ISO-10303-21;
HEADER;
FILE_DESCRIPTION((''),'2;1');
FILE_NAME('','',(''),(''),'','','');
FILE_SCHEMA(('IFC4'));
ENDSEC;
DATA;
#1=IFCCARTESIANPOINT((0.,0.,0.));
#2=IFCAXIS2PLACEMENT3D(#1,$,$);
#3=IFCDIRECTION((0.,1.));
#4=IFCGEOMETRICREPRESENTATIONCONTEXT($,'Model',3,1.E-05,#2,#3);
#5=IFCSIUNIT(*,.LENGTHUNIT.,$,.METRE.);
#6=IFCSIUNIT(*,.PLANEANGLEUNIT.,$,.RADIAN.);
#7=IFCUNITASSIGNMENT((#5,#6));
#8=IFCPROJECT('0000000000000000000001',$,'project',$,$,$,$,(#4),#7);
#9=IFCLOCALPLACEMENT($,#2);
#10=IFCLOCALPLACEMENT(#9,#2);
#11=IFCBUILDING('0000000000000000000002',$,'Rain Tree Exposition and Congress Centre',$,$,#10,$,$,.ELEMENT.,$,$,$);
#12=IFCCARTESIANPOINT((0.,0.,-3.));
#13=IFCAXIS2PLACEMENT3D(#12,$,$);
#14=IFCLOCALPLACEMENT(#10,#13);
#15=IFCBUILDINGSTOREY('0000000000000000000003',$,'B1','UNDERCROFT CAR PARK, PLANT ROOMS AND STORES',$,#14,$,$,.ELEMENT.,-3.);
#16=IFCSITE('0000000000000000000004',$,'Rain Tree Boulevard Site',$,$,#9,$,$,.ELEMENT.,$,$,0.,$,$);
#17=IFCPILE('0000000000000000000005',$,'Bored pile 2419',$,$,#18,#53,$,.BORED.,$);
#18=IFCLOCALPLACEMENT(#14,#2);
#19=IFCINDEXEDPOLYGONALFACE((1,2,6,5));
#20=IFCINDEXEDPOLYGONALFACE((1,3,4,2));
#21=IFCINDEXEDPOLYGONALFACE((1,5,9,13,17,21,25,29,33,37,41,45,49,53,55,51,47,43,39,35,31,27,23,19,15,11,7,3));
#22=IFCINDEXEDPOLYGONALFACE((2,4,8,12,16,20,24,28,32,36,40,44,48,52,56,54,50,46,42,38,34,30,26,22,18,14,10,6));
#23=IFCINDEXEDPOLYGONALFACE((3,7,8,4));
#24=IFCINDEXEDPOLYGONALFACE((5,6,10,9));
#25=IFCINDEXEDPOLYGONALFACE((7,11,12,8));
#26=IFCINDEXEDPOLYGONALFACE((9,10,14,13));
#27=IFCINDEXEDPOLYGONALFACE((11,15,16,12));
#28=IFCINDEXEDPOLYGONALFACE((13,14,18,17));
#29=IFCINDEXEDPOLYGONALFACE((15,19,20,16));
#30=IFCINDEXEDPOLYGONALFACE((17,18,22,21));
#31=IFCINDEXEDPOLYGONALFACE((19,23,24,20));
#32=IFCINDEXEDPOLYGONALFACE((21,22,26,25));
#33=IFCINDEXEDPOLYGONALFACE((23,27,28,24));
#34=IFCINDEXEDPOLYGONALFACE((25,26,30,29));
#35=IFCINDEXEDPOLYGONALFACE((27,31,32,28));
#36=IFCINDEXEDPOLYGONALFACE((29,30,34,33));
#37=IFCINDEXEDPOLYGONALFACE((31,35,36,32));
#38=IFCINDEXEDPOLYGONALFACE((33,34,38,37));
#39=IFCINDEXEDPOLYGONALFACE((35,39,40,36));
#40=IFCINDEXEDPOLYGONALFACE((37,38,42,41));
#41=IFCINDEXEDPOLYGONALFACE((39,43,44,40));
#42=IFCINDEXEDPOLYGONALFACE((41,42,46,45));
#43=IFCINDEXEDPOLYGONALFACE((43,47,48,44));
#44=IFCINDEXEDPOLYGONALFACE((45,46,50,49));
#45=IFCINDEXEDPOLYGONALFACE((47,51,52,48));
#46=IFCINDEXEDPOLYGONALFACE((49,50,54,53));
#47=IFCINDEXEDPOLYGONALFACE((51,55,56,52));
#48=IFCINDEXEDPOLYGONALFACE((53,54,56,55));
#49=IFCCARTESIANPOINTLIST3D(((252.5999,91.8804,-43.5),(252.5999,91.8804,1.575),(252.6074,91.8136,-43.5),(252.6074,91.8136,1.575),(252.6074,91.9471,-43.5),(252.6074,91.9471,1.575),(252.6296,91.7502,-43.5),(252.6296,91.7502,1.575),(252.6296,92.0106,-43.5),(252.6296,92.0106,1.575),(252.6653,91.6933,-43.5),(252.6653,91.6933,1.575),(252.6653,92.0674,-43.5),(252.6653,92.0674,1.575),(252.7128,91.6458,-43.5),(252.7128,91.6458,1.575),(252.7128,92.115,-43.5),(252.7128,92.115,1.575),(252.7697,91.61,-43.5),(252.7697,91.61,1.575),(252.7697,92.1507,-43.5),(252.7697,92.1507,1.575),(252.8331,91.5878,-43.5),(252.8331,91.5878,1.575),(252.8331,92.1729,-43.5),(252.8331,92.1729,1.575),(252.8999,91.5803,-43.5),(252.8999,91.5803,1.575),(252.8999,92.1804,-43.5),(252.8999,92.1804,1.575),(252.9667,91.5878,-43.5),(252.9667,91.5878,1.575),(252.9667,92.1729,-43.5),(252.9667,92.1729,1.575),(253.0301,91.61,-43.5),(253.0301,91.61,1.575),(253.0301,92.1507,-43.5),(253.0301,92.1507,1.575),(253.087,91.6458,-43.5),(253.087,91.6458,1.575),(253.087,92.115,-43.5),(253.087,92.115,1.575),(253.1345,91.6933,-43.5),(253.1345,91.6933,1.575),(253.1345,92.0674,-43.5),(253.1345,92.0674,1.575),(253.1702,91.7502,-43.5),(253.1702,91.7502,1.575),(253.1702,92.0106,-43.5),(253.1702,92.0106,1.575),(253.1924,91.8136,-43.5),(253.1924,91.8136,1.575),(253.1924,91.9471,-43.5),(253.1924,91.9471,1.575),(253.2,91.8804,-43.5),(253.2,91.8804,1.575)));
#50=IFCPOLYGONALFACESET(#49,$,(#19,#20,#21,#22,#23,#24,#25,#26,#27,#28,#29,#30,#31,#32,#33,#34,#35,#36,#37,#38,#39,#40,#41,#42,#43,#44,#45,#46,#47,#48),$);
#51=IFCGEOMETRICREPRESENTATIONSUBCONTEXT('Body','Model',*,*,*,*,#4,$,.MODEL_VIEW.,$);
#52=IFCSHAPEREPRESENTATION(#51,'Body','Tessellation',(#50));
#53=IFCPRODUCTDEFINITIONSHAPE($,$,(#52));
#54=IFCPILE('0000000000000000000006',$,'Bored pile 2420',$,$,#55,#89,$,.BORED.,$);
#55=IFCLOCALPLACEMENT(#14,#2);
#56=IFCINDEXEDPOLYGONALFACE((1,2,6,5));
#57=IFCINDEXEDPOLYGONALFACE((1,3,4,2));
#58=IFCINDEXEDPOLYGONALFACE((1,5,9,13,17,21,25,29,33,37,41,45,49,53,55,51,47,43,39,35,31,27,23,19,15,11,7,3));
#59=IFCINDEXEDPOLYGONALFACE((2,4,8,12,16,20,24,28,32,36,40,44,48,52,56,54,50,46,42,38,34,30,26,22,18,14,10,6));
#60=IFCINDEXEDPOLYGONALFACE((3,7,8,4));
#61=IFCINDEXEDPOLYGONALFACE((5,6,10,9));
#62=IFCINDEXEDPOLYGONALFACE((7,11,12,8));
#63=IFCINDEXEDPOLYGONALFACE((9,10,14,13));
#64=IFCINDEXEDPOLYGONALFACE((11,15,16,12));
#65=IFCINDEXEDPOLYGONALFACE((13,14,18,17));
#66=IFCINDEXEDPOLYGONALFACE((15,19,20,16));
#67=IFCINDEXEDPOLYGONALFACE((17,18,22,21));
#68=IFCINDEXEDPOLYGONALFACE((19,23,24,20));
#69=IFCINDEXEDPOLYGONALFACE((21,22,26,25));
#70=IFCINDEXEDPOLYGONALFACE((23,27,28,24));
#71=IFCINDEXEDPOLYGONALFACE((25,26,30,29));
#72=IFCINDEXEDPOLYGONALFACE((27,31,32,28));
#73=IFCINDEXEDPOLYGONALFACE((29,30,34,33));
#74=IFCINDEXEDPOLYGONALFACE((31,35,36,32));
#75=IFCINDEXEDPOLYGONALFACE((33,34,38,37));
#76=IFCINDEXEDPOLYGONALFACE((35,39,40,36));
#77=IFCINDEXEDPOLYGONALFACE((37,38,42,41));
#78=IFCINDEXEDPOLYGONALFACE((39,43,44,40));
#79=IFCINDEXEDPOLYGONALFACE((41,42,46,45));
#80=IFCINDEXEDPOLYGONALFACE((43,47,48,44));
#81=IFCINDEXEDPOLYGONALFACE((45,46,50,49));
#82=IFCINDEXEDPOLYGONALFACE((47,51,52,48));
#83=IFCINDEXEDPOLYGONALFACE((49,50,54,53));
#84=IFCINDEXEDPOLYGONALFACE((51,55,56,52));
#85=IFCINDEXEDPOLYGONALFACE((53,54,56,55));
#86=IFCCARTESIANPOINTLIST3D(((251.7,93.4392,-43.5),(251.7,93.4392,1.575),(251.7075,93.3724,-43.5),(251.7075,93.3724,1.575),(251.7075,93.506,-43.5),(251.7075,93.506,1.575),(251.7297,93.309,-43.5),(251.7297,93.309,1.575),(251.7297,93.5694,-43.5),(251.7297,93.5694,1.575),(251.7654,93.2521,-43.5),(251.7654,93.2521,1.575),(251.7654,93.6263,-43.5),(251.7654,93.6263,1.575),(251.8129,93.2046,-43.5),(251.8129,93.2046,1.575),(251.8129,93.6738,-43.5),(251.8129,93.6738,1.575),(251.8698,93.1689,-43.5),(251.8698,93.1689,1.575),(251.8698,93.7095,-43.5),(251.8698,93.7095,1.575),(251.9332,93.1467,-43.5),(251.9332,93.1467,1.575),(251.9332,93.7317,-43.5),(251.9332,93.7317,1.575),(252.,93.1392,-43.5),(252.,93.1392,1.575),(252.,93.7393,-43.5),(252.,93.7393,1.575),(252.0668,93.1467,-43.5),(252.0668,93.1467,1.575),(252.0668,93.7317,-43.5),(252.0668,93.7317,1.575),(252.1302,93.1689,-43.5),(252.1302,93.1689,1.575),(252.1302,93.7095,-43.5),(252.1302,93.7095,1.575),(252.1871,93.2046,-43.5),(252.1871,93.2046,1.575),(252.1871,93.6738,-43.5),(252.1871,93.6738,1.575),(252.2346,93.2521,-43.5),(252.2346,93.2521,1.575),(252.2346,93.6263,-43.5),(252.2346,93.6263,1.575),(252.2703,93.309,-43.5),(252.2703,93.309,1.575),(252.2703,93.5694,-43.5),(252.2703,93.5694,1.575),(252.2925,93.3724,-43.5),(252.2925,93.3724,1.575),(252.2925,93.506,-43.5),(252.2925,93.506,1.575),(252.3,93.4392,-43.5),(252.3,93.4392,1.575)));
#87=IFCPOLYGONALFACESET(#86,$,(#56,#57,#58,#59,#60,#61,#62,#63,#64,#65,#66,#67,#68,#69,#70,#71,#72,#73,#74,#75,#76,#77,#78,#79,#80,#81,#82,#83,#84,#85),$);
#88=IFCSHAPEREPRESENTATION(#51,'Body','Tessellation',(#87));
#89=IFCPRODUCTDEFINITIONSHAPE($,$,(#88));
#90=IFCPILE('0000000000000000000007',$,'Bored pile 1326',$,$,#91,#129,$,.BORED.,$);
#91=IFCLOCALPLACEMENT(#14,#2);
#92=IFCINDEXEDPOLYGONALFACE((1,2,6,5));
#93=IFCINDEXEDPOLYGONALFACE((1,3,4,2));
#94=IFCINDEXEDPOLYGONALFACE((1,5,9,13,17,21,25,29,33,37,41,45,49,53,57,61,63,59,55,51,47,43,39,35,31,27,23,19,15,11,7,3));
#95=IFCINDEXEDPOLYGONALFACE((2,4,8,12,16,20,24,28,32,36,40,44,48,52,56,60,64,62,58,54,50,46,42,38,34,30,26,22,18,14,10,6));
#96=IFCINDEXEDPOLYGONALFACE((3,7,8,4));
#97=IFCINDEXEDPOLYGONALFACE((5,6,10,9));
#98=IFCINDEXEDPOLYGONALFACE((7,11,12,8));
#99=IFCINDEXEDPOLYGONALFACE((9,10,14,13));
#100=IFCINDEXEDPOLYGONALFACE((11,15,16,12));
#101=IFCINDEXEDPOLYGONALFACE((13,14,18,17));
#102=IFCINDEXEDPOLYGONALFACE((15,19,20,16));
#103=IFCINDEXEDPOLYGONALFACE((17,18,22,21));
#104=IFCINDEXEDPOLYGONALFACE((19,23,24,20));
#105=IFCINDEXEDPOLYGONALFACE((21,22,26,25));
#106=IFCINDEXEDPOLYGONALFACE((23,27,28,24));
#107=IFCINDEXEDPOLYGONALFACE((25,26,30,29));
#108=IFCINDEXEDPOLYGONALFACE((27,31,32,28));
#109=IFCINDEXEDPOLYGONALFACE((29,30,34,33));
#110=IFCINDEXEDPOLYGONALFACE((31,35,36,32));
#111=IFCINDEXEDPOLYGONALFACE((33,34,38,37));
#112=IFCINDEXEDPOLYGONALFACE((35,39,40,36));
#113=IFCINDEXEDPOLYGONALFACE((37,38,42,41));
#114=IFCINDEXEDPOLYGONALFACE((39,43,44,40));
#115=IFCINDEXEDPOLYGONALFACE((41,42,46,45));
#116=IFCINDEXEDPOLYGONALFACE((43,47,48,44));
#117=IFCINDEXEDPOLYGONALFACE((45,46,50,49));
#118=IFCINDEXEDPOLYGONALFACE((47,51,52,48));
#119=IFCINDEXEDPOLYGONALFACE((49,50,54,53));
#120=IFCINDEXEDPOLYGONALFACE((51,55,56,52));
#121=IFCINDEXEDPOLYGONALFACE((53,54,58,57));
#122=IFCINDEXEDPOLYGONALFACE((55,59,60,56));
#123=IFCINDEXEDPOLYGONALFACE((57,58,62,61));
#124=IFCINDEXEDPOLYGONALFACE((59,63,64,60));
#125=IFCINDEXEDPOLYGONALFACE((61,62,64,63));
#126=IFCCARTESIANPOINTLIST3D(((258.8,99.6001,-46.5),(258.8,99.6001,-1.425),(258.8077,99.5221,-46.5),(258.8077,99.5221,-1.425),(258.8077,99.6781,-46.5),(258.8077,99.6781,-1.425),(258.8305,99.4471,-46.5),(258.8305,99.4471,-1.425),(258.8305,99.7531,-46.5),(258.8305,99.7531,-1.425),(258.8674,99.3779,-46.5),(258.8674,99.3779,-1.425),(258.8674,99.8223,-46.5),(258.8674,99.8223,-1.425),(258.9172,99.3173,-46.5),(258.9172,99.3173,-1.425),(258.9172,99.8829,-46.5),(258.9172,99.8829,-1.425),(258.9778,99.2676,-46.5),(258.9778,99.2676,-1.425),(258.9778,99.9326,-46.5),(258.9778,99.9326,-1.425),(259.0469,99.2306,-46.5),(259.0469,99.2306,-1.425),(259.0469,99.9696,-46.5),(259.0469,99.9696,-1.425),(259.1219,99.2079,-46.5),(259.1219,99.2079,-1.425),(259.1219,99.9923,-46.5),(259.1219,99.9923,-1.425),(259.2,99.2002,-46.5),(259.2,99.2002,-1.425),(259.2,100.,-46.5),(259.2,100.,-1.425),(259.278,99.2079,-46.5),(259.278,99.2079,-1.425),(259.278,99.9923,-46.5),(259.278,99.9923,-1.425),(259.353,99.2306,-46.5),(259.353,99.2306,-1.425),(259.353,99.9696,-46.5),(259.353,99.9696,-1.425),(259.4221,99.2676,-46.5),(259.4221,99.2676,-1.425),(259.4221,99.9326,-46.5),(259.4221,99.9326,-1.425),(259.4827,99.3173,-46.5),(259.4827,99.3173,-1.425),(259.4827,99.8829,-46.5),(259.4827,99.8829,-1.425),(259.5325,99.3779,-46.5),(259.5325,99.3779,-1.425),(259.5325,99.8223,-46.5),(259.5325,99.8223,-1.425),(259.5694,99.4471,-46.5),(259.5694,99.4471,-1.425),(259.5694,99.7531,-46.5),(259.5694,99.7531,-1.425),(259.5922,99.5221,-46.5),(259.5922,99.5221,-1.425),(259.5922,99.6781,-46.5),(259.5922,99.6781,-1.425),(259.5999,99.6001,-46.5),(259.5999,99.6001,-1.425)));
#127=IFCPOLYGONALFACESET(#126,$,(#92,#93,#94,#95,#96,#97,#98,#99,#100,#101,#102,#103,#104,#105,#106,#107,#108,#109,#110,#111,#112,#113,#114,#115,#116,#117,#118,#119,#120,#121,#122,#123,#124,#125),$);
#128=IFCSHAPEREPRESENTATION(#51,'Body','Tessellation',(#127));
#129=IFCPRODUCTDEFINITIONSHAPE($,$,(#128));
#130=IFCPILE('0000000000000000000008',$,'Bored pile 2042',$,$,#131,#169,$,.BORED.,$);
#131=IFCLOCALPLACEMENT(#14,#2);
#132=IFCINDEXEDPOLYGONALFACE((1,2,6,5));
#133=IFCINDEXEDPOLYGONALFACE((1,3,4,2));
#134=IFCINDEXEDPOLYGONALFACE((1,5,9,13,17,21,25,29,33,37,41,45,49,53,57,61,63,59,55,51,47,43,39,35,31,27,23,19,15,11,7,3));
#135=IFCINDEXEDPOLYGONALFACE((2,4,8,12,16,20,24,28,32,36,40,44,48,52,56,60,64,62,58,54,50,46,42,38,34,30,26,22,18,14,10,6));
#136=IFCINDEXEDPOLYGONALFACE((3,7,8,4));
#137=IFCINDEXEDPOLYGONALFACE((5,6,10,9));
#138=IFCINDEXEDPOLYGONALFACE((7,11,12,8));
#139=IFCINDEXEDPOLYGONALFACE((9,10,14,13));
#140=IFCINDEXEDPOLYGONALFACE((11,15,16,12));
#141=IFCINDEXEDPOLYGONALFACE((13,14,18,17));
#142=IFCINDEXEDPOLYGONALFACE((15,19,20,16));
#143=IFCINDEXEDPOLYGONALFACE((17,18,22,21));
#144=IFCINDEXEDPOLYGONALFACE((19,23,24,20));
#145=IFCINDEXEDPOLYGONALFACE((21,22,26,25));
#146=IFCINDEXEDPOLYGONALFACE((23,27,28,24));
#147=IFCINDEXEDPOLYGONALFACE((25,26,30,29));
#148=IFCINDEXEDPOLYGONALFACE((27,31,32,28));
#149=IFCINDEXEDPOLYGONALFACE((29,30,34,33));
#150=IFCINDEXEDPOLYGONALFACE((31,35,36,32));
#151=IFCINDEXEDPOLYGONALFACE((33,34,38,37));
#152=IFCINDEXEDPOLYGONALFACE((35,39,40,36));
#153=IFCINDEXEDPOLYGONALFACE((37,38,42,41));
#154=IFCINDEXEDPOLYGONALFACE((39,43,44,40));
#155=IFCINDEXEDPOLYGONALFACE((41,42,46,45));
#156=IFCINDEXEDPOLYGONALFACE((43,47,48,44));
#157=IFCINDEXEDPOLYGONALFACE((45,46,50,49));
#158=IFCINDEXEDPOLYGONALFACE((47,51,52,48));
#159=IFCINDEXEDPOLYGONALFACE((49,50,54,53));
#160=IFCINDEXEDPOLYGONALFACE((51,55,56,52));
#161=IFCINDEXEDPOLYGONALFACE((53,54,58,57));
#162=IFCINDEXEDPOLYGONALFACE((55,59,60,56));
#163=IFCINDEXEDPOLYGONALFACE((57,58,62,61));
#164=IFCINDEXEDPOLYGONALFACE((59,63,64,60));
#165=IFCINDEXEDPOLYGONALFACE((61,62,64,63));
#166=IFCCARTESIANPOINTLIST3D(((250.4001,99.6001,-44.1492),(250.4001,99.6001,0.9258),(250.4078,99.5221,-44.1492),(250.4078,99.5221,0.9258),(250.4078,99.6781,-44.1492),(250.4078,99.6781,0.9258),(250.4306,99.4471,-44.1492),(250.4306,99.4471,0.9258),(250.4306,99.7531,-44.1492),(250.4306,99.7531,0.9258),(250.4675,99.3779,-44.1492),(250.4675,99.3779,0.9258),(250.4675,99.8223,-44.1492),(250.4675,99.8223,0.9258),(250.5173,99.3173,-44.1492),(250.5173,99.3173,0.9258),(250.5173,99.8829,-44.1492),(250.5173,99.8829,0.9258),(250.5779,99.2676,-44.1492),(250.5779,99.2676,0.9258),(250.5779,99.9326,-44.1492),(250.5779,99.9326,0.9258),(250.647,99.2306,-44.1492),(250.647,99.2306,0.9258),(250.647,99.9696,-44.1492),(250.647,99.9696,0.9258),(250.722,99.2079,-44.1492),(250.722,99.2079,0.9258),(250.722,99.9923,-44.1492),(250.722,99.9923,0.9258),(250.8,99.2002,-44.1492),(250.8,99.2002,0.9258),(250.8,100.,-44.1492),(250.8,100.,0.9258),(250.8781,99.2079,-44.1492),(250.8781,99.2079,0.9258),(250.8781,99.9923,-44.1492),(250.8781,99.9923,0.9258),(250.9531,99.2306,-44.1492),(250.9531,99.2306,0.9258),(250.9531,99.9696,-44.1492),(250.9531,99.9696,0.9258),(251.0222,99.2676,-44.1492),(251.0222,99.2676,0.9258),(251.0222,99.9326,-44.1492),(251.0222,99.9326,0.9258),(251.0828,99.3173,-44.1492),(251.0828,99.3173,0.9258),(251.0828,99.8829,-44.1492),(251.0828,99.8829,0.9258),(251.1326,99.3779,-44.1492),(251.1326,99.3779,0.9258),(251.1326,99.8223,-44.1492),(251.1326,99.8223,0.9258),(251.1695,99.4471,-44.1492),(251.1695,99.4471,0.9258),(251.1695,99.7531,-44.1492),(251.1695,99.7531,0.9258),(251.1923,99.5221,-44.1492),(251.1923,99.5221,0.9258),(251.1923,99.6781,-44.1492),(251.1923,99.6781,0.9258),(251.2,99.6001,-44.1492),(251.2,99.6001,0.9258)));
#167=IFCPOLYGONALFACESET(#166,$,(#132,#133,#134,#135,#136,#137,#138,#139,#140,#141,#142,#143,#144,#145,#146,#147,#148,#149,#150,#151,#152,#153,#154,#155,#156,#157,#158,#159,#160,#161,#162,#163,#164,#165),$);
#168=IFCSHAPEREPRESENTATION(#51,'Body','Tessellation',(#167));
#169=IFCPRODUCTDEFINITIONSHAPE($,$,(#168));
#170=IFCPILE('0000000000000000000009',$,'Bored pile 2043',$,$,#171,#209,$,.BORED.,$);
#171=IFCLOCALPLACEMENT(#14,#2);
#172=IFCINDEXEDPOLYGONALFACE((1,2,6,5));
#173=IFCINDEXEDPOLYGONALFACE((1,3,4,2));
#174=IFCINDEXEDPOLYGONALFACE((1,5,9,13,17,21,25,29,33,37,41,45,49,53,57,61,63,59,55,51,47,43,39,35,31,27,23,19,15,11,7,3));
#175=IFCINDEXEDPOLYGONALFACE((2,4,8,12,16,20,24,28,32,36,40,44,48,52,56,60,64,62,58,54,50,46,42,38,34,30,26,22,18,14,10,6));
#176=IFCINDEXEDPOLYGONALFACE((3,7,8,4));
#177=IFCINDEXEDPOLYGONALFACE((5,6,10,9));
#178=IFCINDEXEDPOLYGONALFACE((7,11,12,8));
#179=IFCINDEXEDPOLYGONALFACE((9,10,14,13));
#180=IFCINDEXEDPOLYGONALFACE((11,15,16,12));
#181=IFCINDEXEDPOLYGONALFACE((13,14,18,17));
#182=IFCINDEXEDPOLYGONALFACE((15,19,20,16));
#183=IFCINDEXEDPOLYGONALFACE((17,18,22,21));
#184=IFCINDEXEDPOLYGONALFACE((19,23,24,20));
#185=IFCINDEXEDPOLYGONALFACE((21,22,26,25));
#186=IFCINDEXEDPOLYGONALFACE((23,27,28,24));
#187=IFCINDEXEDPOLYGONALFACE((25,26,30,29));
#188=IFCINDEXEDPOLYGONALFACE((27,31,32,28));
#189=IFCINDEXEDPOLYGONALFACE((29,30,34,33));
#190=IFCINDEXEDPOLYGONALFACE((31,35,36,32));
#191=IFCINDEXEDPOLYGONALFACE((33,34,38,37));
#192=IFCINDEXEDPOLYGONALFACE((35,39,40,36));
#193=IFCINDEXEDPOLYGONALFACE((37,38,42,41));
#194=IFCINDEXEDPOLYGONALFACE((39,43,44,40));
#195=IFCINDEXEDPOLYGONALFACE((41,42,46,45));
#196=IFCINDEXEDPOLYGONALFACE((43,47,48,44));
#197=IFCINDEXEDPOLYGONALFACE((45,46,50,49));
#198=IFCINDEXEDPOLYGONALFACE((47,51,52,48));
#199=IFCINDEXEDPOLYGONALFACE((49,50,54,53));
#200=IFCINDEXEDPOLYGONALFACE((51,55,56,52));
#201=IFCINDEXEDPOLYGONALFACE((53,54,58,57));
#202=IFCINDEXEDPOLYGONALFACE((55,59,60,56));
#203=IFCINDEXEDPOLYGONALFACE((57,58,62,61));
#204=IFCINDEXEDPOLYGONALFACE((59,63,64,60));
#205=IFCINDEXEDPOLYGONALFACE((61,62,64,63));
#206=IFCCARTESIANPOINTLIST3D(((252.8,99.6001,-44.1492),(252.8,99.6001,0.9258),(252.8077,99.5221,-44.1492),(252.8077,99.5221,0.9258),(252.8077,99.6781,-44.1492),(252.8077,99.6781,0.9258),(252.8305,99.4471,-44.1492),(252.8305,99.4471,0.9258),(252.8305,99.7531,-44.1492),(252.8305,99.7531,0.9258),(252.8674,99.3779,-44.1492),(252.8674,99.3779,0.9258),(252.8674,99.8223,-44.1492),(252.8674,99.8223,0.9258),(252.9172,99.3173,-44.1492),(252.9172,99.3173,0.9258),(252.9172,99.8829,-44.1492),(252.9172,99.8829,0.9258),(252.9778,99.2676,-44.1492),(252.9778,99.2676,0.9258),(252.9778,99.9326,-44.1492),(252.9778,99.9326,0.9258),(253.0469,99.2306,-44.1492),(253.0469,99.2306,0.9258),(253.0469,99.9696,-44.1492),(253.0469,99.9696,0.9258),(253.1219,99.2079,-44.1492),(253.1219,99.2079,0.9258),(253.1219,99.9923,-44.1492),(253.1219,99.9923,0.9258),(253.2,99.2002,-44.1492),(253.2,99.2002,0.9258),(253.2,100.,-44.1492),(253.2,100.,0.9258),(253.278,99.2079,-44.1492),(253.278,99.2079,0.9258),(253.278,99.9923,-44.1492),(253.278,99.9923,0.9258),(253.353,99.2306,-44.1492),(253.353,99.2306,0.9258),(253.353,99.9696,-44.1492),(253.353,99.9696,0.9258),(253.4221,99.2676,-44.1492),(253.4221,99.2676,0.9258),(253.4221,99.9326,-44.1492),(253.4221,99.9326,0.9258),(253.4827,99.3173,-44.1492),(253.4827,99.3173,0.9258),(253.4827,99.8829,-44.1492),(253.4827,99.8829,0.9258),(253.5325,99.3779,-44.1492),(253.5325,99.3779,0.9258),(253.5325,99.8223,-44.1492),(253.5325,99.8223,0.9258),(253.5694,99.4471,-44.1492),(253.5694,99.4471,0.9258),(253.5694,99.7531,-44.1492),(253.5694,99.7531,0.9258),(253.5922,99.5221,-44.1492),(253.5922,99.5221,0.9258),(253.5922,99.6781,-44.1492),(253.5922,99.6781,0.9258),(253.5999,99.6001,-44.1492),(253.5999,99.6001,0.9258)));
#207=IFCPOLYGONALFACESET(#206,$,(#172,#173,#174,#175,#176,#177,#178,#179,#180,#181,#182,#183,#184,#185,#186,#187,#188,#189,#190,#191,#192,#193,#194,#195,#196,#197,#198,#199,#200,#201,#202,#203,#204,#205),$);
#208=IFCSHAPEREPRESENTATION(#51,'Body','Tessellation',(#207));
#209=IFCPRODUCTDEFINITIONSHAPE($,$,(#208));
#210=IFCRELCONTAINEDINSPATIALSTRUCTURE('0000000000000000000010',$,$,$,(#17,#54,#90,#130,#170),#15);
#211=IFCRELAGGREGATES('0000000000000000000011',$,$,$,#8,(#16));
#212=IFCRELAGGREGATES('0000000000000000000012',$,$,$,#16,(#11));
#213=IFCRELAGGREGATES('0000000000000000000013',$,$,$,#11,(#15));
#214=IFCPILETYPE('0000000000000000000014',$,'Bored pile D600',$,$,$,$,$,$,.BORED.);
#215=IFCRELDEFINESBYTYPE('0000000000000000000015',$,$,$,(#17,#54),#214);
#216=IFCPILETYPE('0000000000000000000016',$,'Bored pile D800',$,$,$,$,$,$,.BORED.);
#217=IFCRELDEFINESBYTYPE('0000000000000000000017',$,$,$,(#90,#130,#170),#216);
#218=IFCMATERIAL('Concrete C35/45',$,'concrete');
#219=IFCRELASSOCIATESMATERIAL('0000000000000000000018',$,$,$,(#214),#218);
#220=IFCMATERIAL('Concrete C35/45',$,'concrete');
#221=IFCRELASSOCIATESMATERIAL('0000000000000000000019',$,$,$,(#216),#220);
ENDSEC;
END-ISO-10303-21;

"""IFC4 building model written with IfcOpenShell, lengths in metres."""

from ifc_helpers import new_model, si_unit, direction, frame, origin, origin_2d, place, context, subcontext, project, spatial, circle, extrude, material, material_profile, profile_set, type_object, element, save


model = new_model("IFC4")

# Units and contexts
model_context = context("Model", 3, precision=1e-05, world=origin(), true_north=direction((0.0, 1.0)))
body_context = subcontext(model_context, "Body", "Model", "MODEL_VIEW")
ifc_project = project(units=[si_unit("LENGTHUNIT", "METRE"), si_unit("PLANEANGLEUNIT", "RADIAN")], contexts=[model_context])

# Site, building, storey
site_placement = place(None, origin())
site = spatial("IfcSite", under=ifc_project, at=site_placement, Name="Rain Tree Boulevard Site", CompositionType="ELEMENT", RefElevation=0.0)
building_placement = place(site_placement, origin())
building = spatial("IfcBuilding", under=site, at=building_placement, Name="Rain Tree Exposition and Congress Centre", CompositionType="ELEMENT")
storey_placement = place(building_placement, frame((0.0, 0.0, -3.0)))
storey = spatial("IfcBuildingStorey", under=building, at=storey_placement, Name="B1", Description="UNDERCROFT CAR PARK, PLANT ROOMS AND STORES", CompositionType="ELEMENT", Elevation=-3.0)

# Piles
ifc_material_1 = material(Name="Concrete C35/45", Category="concrete")
ifc_material_profile_1 = material_profile(ifc_material_1, circle(Radius=0.3, at=origin_2d()), Name="D600")
ifc_profile_set_1 = profile_set([ifc_material_profile_1], Name="Concrete C35/45")
pile_type_1 = type_object("IfcPileType", Name="Bored pile D600", PredefinedType="BORED", material=ifc_profile_set_1)
for number, where, z_axis, x_axis, name in (
    (1, (252.8999, 91.8804, 1.575), (0.0, 0.0, -1.0), (1.0, 0.0, 0.0), "Bored pile 2419"),
    (2, (252.0, 93.4392, 1.575), (0.0, 0.0, -1.0), (1.0, 0.0, 0.0), "Bored pile 2420"),
):
    element("IfcPile", number, at=place(storey_placement, frame(where, z_axis=z_axis, x_axis=x_axis)), inside=storey, type_object=pile_type_1, Name=name, PredefinedType="BORED", context=body_context, shape_type="SweptSolid", body=[
        extrude(circle(Radius=0.3, at=origin_2d()), origin(), (0.0, 0.0, 1.0), 45.075),
    ])
ifc_material_2 = material(Name="Concrete C35/45", Category="concrete")
ifc_material_profile_2 = material_profile(ifc_material_2, circle(Radius=0.3999, at=origin_2d()), Name="D800")
ifc_profile_set_2 = profile_set([ifc_material_profile_2], Name="Concrete C35/45")
pile_type_2 = type_object("IfcPileType", Name="Bored pile D800", PredefinedType="BORED", material=ifc_profile_set_2)
for number, where, z_axis, x_axis, name in (
    (3, (259.2, 99.6001, -1.425), (0.0, 0.0, -1.0), (1.0, 0.0, 0.0), "Bored pile 1326"),
    (4, (250.8, 99.6001, 0.9258), (0.0, 0.0, -1.0), (1.0, 0.0, 0.0), "Bored pile 2042"),
    (5, (253.2, 99.6001, 0.9258), (0.0, 0.0, -1.0), (1.0, 0.0, 0.0), "Bored pile 2043"),
):
    element("IfcPile", number, at=place(storey_placement, frame(where, z_axis=z_axis, x_axis=x_axis)), inside=storey, type_object=pile_type_2, Name=name, PredefinedType="BORED", context=body_context, shape_type="SweptSolid", body=[
        extrude(circle(Radius=0.3999, at=origin_2d()), origin(), (0.0, 0.0, 1.0), 45.075),
    ])

save(model, "model.ifc")
